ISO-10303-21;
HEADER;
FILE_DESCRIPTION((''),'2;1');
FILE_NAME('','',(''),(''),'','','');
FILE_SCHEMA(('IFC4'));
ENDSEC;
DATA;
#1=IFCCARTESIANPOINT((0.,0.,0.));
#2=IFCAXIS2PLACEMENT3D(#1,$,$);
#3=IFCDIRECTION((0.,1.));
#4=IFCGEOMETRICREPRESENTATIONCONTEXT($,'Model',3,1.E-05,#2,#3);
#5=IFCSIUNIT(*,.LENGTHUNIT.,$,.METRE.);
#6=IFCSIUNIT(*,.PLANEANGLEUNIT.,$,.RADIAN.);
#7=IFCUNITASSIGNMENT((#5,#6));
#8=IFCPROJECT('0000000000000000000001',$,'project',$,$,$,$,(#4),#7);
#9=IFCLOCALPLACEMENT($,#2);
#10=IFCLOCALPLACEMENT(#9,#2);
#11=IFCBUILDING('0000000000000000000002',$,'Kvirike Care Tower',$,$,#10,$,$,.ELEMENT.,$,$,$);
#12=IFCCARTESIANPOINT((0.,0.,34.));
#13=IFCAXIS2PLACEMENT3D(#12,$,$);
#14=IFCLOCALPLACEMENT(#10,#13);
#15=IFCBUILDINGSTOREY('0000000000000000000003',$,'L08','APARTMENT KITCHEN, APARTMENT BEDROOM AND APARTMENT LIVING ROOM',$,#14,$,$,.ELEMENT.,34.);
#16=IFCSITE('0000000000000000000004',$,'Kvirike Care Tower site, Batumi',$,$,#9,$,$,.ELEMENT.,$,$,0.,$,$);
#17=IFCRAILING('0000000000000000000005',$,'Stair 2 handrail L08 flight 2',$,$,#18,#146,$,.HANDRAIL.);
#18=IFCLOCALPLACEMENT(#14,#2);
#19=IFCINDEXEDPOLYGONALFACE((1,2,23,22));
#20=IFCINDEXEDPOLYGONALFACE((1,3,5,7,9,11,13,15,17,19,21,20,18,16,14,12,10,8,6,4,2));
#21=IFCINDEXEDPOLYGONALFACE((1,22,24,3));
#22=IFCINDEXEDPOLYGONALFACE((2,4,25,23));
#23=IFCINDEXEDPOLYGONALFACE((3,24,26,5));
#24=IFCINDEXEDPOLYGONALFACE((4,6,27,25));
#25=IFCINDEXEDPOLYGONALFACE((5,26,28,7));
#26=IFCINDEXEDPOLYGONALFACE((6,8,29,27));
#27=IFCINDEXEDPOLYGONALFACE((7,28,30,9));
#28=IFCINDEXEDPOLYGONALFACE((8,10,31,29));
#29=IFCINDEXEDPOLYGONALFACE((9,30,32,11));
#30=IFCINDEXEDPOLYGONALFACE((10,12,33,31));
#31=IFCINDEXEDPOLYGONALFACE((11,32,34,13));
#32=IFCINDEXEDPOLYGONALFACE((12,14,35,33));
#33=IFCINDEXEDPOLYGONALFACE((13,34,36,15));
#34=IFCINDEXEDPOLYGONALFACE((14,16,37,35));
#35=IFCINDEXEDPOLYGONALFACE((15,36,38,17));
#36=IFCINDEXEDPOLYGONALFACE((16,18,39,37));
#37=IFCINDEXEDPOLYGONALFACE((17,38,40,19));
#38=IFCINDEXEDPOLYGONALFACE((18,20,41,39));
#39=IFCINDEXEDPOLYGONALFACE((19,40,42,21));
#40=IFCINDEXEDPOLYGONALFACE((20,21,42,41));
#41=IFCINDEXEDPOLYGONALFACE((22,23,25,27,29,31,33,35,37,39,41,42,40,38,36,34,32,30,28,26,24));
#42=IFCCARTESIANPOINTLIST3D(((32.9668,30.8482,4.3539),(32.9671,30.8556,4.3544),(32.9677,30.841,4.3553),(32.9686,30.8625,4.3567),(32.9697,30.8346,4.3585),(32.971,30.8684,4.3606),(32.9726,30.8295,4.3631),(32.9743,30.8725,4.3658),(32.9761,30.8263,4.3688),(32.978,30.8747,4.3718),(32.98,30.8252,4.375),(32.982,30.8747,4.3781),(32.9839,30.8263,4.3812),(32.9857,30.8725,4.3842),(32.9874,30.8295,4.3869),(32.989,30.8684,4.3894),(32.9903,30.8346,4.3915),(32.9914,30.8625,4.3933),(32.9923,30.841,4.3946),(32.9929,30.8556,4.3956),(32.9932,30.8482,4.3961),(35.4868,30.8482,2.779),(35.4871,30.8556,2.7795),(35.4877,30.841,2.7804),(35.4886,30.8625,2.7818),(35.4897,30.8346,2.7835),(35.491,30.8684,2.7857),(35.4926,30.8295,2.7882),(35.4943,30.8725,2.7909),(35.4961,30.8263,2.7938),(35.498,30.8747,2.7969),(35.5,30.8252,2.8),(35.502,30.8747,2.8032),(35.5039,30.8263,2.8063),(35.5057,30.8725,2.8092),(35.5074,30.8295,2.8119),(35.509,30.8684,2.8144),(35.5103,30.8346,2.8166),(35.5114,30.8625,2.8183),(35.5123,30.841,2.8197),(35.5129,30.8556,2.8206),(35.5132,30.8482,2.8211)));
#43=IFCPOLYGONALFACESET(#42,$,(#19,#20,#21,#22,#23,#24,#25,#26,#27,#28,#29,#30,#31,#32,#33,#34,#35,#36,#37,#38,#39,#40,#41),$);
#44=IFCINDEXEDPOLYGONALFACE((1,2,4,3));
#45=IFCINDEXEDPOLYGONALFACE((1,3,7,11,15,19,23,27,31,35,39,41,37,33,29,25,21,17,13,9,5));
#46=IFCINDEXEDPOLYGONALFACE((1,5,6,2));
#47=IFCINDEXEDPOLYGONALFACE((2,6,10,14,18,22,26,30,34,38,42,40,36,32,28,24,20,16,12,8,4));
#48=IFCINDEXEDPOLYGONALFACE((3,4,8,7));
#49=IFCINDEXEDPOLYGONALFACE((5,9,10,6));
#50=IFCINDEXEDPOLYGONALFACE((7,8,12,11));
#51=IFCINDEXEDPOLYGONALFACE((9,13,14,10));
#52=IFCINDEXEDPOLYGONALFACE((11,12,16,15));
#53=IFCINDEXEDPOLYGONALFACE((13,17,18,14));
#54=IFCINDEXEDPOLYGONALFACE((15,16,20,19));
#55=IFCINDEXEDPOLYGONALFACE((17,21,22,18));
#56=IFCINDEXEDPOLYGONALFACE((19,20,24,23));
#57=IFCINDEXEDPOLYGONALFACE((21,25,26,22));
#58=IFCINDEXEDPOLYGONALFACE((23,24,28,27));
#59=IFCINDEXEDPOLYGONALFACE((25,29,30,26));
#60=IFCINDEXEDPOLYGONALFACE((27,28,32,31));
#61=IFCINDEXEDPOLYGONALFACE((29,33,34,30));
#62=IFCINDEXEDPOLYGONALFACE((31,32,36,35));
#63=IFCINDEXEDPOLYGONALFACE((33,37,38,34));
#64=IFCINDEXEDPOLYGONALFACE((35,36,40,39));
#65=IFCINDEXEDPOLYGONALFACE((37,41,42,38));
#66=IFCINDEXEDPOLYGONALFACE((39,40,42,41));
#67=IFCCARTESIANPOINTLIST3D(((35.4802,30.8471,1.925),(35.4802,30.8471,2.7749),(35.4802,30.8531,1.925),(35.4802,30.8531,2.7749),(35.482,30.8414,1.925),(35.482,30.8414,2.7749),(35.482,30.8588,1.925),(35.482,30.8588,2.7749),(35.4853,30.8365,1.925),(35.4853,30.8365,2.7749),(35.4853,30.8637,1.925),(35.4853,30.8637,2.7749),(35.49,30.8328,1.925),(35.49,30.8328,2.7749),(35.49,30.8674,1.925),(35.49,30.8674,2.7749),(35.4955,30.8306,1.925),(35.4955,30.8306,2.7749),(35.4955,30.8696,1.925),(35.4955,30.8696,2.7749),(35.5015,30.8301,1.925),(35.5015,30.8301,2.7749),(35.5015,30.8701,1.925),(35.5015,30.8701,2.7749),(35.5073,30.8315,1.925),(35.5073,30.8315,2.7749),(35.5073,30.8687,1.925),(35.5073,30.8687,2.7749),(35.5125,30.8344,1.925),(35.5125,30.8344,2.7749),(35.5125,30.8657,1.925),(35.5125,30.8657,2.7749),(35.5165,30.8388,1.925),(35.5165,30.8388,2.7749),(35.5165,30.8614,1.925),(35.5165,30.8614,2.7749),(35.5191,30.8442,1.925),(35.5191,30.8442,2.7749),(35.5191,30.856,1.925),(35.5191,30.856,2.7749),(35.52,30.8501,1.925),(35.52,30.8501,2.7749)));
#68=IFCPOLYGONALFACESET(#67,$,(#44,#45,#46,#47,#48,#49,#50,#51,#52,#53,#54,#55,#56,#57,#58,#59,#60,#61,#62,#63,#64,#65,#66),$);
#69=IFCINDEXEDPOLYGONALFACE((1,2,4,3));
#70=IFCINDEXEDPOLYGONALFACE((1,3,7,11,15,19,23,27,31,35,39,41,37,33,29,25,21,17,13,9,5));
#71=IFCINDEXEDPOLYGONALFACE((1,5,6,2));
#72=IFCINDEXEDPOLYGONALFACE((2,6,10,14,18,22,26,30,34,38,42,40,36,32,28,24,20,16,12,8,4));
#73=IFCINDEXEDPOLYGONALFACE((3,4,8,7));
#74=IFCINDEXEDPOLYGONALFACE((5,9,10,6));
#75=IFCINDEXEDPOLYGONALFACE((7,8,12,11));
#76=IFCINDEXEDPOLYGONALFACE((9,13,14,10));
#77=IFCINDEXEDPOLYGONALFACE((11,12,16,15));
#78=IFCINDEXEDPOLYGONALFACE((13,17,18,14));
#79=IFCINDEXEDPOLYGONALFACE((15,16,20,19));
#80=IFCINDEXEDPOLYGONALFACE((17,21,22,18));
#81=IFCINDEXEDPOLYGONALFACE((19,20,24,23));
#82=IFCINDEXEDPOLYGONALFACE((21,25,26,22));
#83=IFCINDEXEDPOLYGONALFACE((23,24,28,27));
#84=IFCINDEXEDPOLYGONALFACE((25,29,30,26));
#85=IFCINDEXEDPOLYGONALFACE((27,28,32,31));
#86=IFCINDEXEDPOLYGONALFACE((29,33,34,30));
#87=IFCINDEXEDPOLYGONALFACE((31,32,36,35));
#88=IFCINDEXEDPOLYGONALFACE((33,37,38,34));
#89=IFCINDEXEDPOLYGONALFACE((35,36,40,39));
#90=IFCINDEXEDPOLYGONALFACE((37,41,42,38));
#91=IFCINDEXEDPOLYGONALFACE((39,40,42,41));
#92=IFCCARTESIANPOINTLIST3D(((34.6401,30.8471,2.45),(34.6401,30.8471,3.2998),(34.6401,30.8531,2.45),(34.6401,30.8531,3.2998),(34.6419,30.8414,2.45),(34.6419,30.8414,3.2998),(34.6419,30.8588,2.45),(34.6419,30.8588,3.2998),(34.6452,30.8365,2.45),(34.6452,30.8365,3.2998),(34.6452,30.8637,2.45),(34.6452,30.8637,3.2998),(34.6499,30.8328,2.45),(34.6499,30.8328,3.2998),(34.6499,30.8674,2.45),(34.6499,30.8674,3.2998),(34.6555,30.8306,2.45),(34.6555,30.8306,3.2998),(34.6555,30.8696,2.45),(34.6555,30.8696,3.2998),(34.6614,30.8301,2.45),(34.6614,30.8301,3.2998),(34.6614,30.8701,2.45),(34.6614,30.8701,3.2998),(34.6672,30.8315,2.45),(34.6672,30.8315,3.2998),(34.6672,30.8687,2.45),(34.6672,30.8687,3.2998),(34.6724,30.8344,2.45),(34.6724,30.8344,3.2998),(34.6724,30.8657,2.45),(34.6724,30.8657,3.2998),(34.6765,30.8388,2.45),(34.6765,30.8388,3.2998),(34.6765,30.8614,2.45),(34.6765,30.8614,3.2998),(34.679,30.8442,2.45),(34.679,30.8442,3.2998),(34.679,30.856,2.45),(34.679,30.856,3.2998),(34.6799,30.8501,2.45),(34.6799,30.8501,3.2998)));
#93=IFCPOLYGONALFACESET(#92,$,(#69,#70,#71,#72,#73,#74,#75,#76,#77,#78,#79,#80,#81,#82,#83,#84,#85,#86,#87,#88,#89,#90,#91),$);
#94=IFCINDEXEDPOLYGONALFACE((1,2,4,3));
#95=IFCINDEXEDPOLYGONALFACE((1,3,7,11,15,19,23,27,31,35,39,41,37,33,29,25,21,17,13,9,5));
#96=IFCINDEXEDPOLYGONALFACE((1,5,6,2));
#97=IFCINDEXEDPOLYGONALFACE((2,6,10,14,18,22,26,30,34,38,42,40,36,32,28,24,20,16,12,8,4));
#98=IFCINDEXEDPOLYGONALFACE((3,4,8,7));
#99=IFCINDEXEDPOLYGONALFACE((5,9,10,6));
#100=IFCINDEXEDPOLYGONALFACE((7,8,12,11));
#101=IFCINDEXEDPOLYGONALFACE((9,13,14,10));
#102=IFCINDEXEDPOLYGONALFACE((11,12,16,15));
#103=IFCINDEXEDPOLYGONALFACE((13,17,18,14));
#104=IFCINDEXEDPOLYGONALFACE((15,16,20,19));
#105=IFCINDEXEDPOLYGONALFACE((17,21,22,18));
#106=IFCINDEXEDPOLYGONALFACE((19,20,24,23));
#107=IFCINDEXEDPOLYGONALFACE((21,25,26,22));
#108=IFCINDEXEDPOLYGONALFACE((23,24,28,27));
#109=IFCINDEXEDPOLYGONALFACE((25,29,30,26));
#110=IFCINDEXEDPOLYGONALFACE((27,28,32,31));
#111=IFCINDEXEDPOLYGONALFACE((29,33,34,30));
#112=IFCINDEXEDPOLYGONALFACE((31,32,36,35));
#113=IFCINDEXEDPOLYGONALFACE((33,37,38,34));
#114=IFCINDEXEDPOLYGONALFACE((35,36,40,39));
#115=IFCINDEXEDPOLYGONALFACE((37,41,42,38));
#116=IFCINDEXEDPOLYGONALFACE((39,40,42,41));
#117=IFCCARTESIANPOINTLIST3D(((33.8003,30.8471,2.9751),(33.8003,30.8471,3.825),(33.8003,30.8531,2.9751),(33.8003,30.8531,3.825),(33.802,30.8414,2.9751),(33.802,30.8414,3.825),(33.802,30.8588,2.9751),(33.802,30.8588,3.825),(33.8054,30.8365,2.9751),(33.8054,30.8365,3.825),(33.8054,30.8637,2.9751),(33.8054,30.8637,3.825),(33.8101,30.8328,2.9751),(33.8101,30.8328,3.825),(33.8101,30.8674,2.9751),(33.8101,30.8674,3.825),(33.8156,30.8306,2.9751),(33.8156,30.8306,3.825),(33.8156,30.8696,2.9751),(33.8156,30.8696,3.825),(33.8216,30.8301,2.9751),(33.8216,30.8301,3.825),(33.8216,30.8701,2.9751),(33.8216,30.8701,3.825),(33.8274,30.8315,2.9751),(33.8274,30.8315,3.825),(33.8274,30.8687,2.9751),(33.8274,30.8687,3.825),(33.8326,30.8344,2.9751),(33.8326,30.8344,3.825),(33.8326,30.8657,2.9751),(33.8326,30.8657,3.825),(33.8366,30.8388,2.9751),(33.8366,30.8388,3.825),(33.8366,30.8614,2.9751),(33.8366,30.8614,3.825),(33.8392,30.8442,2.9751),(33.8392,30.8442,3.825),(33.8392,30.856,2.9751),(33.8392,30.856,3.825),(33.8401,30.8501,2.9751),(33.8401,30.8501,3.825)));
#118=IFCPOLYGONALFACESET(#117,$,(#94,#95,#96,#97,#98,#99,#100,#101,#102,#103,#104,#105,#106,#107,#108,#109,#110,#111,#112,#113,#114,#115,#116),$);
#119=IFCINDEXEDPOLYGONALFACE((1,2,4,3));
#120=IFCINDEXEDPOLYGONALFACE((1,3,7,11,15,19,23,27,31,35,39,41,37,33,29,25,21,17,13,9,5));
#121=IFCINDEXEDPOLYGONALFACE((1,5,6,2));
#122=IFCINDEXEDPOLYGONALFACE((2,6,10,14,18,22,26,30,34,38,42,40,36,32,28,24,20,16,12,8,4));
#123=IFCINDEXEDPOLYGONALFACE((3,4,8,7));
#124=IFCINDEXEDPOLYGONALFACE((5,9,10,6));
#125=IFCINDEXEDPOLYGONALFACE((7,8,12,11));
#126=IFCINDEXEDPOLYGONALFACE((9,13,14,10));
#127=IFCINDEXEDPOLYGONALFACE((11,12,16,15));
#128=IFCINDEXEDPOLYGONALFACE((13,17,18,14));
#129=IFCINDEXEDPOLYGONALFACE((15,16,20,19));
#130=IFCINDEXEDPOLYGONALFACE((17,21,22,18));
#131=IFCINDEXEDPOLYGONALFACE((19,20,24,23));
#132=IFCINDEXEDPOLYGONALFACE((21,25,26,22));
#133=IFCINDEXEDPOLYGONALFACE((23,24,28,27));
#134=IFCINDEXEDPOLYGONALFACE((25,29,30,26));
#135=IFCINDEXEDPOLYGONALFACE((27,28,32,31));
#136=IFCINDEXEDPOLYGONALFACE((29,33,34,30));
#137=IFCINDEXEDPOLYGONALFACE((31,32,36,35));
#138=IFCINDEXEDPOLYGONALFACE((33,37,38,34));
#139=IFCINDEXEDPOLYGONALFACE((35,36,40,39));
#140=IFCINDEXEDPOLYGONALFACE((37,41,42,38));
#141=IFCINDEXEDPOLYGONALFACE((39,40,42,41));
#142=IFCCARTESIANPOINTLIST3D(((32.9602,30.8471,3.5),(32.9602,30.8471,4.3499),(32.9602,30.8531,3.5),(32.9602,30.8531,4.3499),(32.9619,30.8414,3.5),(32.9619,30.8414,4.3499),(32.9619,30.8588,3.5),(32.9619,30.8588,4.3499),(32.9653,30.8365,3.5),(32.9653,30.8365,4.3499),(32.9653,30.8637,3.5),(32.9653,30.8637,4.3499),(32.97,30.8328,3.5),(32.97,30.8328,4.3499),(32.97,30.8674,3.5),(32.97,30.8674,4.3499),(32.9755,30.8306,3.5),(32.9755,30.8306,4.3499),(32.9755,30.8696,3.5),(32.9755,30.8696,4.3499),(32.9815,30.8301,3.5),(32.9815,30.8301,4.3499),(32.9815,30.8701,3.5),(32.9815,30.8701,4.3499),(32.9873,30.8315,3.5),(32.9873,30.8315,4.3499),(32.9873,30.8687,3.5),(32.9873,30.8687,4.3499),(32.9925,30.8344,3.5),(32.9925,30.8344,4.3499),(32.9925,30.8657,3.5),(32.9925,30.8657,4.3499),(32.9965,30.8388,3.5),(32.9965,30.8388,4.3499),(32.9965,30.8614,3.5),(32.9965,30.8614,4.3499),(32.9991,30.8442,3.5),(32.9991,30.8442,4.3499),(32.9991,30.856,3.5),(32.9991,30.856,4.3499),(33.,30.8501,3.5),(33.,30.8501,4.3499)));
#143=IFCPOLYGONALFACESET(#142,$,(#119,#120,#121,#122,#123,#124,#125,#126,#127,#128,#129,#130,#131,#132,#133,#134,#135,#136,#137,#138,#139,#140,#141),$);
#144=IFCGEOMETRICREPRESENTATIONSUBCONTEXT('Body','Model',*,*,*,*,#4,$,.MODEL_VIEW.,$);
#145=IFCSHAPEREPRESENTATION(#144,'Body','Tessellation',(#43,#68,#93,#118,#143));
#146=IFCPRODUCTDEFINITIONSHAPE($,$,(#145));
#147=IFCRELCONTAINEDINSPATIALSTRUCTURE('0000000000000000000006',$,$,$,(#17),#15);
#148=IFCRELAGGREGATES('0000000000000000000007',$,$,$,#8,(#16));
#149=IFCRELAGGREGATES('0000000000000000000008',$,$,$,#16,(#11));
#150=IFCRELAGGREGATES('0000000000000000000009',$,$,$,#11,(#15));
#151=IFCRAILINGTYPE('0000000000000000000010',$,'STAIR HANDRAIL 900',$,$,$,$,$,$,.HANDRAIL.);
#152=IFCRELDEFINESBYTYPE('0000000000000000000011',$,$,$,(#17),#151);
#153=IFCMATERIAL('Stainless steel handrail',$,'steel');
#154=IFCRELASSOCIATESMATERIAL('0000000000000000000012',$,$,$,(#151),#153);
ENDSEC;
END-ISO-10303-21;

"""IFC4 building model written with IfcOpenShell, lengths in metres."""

from ifc_helpers import new_model, si_unit, direction, frame, origin, origin_2d, place, context, subcontext, project, spatial, circle, extrude, material, type_object, element, save


model = new_model("IFC4")

# Units and contexts
model_context = context("Model", 3, precision=1e-05, world=origin(), true_north=direction((0.0, 1.0)))
body_context = subcontext(model_context, "Body", "Model", "MODEL_VIEW")
ifc_project = project(units=[si_unit("LENGTHUNIT", "METRE"), si_unit("PLANEANGLEUNIT", "RADIAN")], contexts=[model_context])

# Site, building, storey
site_placement = place(None, origin())
site = spatial("IfcSite", under=ifc_project, at=site_placement, Name="Kvirike Care Tower site, Batumi", CompositionType="ELEMENT", RefElevation=0.0)
building_placement = place(site_placement, origin())
building = spatial("IfcBuilding", under=site, at=building_placement, Name="Kvirike Care Tower", CompositionType="ELEMENT")
storey_placement = place(building_placement, frame((0.0, 0.0, 34.0)))
storey = spatial("IfcBuildingStorey", under=building, at=storey_placement, Name="L08", Description="APARTMENT KITCHEN, APARTMENT BEDROOM AND APARTMENT LIVING ROOM", CompositionType="ELEMENT", Elevation=34.0)

# Railing
ifc_material_1 = material(Name="Stainless steel handrail", Category="steel")
railing_type = type_object("IfcRailingType", Name="STAIR HANDRAIL 900", PredefinedType="HANDRAIL", material=ifc_material_1)
railing_placement = place(storey_placement, frame((35.5, 30.8501, 1.925)))
element("IfcRailing", 1, at=railing_placement, inside=storey, type_object=railing_type, Name="Stair 2 handrail L08 flight 2", PredefinedType="HANDRAIL", context=body_context, shape_type="SweptSolid", body=[
    extrude(circle(Radius=0.0249, at=origin_2d()), frame((0.0, 0.0, 0.875), z_axis=(-0.848008, 0.0, 0.529984), x_axis=(0.0, -1.0, 0.0)), (0.0, 0.0, 1.0), 2.9717),
    extrude(circle(Radius=0.02, at=origin_2d()), origin(), (0.0, 0.0, 1.0), 0.8499),
    extrude(circle(Radius=0.02, at=origin_2d()), frame((-0.8401, 0.0, 0.5249)), (0.0, 0.0, 1.0), 0.8499),
    extrude(circle(Radius=0.02, at=origin_2d()), frame((-1.6799, 0.0, 1.05)), (0.0, 0.0, 1.0), 0.8499),
    extrude(circle(Radius=0.02, at=origin_2d()), frame((-2.52, 0.0, 1.575)), (0.0, 0.0, 1.0), 0.8499),
])

save(model, "model.ifc")
